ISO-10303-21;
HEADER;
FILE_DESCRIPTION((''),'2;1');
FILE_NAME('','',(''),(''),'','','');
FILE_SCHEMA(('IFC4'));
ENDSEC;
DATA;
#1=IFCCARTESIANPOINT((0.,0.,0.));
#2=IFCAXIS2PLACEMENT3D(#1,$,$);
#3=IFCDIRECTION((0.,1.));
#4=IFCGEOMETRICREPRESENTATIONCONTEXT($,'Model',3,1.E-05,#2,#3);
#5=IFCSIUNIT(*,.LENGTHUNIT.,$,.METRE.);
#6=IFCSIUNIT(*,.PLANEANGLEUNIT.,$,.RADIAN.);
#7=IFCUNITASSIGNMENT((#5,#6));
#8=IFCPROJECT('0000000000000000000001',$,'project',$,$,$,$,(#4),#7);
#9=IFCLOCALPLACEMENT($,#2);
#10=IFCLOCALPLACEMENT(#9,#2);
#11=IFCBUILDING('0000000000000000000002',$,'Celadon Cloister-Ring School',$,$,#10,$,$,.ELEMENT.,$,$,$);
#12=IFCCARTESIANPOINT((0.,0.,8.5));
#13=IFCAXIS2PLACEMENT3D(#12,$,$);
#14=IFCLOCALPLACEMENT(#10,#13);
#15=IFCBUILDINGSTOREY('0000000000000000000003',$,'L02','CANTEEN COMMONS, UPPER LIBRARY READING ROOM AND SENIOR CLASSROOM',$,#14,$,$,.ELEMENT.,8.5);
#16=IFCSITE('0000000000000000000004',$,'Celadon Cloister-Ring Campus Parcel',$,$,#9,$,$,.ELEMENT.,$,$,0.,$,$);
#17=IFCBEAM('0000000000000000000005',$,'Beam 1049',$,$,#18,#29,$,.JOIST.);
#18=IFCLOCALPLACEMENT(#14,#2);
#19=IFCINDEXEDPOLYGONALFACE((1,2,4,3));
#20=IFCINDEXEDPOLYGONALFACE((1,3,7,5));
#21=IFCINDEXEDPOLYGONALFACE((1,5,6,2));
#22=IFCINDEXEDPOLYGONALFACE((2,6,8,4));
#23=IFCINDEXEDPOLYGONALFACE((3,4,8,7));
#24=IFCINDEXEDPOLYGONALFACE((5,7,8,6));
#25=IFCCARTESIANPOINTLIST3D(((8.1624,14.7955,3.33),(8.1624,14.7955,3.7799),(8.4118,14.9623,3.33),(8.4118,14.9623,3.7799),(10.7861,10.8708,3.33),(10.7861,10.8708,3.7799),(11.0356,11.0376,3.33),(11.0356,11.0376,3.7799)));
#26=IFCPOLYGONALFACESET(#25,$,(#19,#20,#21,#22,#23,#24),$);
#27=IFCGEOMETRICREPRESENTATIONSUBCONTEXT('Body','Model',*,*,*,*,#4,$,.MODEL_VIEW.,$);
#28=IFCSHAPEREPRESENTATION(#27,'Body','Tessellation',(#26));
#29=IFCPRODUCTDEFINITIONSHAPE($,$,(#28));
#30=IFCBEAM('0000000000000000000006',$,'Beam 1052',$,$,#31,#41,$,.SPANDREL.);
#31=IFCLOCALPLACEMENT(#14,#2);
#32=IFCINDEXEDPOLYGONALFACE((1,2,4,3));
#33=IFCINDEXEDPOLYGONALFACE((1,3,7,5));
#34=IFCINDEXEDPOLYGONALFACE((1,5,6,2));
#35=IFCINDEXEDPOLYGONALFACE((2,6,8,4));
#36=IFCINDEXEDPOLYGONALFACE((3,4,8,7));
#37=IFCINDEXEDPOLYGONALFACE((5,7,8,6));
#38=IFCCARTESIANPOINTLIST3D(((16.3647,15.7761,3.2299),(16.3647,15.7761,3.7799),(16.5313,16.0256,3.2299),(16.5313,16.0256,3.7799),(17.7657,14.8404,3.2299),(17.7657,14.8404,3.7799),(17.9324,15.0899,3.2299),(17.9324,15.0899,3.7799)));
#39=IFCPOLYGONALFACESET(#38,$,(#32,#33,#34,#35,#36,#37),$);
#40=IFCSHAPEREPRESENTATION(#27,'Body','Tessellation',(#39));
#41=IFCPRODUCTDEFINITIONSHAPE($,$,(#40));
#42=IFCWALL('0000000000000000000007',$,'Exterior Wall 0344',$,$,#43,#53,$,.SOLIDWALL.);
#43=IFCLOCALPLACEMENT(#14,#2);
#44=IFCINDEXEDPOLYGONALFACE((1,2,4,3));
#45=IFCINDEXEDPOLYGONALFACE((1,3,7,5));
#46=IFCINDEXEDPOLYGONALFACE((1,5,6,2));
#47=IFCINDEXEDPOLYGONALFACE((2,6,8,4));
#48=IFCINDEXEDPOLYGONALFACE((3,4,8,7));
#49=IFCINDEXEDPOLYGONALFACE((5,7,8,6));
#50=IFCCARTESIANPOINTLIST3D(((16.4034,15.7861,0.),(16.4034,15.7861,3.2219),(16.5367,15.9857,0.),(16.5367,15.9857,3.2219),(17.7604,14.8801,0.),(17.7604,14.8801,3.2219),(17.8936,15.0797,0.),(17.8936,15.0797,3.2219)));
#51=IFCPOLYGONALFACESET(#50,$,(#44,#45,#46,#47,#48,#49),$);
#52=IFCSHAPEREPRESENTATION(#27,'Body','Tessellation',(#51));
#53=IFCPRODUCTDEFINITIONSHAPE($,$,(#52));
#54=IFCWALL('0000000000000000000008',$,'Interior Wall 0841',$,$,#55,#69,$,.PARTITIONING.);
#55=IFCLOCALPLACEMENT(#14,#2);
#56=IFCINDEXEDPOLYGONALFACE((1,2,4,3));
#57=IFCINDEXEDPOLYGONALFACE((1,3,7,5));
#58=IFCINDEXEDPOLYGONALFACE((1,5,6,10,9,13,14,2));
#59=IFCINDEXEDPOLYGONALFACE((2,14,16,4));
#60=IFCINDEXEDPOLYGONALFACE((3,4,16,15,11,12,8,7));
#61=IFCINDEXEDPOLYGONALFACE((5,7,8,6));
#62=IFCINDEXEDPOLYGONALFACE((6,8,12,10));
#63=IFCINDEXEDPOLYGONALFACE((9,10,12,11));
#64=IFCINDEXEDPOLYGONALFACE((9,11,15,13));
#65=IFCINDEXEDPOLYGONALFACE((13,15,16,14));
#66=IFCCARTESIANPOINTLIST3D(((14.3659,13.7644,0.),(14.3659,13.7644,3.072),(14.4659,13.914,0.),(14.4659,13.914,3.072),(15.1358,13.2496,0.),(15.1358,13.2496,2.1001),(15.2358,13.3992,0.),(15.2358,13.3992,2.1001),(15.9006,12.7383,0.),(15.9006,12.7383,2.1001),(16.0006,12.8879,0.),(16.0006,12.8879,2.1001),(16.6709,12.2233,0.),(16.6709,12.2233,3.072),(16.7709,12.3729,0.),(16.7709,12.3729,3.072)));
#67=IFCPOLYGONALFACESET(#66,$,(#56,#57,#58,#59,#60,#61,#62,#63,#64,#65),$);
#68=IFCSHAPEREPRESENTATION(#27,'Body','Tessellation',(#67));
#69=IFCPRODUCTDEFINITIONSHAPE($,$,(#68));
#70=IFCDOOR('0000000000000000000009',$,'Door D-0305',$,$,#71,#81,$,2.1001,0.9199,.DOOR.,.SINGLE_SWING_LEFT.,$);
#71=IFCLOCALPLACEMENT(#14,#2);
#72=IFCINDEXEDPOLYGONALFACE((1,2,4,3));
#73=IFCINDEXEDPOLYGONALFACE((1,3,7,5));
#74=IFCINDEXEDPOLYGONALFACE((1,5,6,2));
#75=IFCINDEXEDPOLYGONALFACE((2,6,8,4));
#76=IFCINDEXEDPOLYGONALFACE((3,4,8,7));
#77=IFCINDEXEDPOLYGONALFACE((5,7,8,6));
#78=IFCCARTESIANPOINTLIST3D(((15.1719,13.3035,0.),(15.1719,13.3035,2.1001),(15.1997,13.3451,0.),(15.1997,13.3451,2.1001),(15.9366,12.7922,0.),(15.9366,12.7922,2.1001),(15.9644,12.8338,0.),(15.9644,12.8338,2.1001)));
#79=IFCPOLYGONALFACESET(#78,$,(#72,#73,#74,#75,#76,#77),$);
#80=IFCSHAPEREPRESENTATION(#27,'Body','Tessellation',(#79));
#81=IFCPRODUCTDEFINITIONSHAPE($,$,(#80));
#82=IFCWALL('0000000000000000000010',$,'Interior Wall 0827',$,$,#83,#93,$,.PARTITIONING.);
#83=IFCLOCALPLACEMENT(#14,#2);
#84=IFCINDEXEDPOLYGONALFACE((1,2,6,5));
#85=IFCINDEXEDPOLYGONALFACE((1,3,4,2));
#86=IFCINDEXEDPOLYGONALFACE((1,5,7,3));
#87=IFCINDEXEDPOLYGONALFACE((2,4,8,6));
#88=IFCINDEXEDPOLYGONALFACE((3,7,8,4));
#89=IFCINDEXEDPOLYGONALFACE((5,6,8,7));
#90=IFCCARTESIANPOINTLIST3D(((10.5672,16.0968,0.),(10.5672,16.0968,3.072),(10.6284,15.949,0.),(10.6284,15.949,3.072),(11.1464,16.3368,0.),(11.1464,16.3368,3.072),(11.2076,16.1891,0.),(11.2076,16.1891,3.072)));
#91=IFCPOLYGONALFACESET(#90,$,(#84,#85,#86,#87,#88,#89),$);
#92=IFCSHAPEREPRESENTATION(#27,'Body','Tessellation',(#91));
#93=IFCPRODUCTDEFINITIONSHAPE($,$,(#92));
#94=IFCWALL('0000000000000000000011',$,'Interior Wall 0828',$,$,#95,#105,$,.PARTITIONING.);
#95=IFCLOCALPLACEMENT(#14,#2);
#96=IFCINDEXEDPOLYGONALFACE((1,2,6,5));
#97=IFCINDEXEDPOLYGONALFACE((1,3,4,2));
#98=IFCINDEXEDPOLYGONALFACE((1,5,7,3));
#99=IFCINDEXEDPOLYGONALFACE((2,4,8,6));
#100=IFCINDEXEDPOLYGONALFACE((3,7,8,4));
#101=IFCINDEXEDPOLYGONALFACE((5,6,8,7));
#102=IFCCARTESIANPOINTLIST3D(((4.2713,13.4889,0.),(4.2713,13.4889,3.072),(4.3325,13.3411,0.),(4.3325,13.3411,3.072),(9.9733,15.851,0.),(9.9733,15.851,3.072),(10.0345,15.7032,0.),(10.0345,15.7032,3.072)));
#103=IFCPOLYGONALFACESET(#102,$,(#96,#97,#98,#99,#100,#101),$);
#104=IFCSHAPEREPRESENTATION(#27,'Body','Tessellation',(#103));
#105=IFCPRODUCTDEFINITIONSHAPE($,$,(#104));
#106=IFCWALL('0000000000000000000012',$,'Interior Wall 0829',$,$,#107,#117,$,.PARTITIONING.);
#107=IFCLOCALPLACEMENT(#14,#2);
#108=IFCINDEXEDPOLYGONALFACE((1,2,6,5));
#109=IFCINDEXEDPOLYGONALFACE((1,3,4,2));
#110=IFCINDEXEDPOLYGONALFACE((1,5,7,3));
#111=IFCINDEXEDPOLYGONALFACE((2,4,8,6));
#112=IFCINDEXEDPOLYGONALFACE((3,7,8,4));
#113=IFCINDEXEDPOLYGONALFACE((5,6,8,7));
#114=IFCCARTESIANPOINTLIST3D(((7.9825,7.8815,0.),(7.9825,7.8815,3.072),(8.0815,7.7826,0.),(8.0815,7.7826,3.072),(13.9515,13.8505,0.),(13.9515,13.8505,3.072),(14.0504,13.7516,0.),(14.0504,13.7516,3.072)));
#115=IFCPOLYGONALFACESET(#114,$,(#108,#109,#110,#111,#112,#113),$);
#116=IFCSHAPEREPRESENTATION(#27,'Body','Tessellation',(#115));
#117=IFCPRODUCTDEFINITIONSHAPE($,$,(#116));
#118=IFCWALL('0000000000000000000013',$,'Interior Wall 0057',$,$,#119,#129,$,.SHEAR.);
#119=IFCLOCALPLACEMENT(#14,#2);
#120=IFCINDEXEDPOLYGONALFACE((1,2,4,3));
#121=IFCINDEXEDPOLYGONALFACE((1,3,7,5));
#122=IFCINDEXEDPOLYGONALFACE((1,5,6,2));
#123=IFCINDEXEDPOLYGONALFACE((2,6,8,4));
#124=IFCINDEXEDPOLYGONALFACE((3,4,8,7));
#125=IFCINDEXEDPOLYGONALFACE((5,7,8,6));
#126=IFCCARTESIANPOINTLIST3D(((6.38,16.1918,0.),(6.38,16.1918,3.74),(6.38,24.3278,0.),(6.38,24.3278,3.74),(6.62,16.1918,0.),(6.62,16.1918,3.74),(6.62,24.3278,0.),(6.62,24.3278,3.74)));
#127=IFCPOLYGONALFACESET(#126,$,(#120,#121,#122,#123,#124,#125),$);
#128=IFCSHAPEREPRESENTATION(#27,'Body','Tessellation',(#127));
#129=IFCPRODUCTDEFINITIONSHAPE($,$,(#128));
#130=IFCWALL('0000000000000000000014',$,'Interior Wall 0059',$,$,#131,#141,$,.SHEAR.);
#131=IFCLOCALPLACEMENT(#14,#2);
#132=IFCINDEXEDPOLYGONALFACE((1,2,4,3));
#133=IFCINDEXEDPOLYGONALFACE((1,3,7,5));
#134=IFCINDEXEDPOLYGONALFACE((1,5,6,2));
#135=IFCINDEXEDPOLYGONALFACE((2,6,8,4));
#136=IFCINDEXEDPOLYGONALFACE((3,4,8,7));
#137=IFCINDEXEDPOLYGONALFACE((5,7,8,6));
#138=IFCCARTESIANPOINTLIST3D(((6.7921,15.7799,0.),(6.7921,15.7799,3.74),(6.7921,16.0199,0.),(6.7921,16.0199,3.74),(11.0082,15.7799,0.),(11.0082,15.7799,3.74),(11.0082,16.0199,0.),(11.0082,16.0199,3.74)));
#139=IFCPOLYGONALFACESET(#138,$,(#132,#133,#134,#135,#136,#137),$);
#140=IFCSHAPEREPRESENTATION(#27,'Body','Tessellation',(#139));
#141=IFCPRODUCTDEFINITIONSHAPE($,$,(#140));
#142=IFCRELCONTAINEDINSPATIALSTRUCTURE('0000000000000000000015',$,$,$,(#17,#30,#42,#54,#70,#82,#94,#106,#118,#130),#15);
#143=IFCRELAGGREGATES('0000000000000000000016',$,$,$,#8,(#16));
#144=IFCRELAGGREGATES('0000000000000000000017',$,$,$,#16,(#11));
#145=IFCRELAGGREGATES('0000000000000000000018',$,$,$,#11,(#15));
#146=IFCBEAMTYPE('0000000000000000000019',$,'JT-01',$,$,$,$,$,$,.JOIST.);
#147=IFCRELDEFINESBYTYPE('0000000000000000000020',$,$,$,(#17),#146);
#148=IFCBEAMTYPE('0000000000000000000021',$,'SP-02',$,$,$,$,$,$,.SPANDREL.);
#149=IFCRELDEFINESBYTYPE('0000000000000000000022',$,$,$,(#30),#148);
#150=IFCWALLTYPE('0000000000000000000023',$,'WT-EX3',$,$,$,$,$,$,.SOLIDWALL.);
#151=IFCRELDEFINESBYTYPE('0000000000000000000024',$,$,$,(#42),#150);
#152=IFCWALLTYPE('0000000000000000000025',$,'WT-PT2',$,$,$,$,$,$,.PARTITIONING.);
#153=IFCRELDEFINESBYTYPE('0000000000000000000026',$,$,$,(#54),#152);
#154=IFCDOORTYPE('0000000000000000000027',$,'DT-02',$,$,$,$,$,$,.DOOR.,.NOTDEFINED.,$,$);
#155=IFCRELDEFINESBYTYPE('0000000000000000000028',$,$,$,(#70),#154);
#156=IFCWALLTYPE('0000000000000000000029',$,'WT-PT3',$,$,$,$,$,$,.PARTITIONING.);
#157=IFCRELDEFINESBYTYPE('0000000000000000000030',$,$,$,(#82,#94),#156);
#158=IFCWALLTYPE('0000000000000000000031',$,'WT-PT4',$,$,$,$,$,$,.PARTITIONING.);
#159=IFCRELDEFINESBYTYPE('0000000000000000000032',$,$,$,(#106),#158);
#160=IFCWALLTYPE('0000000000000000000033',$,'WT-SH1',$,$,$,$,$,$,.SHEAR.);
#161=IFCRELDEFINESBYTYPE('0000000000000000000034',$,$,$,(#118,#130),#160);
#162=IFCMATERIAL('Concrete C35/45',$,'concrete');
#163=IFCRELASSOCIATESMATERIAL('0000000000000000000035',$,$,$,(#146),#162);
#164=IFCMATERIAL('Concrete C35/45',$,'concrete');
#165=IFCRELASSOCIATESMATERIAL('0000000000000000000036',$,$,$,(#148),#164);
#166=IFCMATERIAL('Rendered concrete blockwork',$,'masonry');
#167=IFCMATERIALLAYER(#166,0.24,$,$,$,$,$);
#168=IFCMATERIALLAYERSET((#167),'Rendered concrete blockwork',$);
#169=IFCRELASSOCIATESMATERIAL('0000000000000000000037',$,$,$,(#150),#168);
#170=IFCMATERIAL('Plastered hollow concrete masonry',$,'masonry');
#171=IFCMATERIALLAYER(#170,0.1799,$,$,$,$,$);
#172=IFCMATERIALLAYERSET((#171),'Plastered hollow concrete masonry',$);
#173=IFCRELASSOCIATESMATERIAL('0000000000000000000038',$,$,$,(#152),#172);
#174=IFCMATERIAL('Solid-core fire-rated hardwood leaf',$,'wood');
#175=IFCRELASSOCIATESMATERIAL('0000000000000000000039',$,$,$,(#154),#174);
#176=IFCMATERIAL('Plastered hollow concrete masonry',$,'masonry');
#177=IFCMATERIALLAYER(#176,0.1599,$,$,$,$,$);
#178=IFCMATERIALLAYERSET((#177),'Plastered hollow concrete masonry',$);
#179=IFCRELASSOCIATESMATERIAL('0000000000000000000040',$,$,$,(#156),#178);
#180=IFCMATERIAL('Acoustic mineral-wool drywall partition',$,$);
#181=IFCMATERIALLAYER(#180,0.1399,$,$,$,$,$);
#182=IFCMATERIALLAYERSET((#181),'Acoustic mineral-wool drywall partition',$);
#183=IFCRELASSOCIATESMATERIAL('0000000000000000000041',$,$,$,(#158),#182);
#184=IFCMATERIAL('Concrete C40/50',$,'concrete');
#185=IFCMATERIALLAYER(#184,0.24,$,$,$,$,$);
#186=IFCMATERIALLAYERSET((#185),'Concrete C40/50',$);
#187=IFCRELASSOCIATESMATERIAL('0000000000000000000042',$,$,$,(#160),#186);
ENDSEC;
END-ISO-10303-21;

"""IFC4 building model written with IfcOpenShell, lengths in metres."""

from ifc_helpers import new_model, si_unit, direction, frame, frame_2d, origin, origin_2d, place, context, subcontext, project, spatial, rectangle, extrude, material, layer, layer_set, material_profile, profile_set, type_object, element, fill, save


model = new_model("IFC4")

# Units and contexts
model_context = context("Model", 3, precision=1e-05, world=origin(), true_north=direction((0.0, 1.0)))
body_context = subcontext(model_context, "Body", "Model", "MODEL_VIEW")
ifc_project = project(units=[si_unit("LENGTHUNIT", "METRE"), si_unit("PLANEANGLEUNIT", "RADIAN")], contexts=[model_context])

# Site, building, storey
site_placement = place(None, origin())
site = spatial("IfcSite", under=ifc_project, at=site_placement, Name="Celadon Cloister-Ring Campus Parcel", CompositionType="ELEMENT", RefElevation=0.0)
building_placement = place(site_placement, origin())
building = spatial("IfcBuilding", under=site, at=building_placement, Name="Celadon Cloister-Ring School", CompositionType="ELEMENT")
storey_placement = place(building_placement, frame((0.0, 0.0, 8.5)))
storey = spatial("IfcBuildingStorey", under=building, at=storey_placement, Name="L02", Description="CANTEEN COMMONS, UPPER LIBRARY READING ROOM AND SENIOR CLASSROOM", CompositionType="ELEMENT", Elevation=8.5)

# Beams
ifc_material_1 = material(Name="Concrete C35/45", Category="concrete")
ifc_material_profile_1 = material_profile(ifc_material_1, rectangle(XDim=0.3, YDim=0.45, at=origin_2d()), Name="RC300X450")
ifc_profile_set_1 = profile_set([ifc_material_profile_1], Name="Concrete C35/45")
beam_type_1 = type_object("IfcBeamType", Name="JT-01", PredefinedType="JOIST", material=ifc_profile_set_1)
beam_1_placement = place(storey_placement, frame((8.2871, 14.8789, 3.5549), z_axis=(0.555762, -0.831342, 0.0), x_axis=(0.831342, 0.555762, 0.0)))
element("IfcBeam", 1, at=beam_1_placement, inside=storey, type_object=beam_type_1, Name="Beam 1049", PredefinedType="JOIST", context=body_context, shape_type="SweptSolid", body=[
    extrude(rectangle(XDim=0.3, YDim=0.45, at=origin_2d()), origin(), (0.0, 0.0, 1.0), 4.7209),
])
ifc_material_2 = material(Name="Concrete C35/45", Category="concrete")
ifc_material_profile_2 = material_profile(ifc_material_2, rectangle(XDim=0.3, YDim=0.55, at=origin_2d()), Name="RC300X550")
ifc_profile_set_2 = profile_set([ifc_material_profile_2], Name="Concrete C35/45")
beam_type_2 = type_object("IfcBeamType", Name="SP-02", PredefinedType="SPANDREL", material=ifc_profile_set_2)
beam_2_placement = place(storey_placement, frame((16.448, 15.9009, 3.5049), z_axis=(0.831582, -0.555402, 0.0), x_axis=(0.555402, 0.831582, 0.0)))
element("IfcBeam", 2, at=beam_2_placement, inside=storey, type_object=beam_type_2, Name="Beam 1052", PredefinedType="SPANDREL", context=body_context, shape_type="SweptSolid", body=[
    extrude(rectangle(XDim=0.3, YDim=0.55, at=origin_2d()), origin(), (0.0, 0.0, 1.0), 1.6848),
])

# Wall
ifc_material_3 = material(Name="Rendered concrete blockwork", Category="masonry")
ifc_layer_1 = layer(ifc_material_3, 0.24)
ifc_layer_set_1 = layer_set([ifc_layer_1], Name="Rendered concrete blockwork")
wall_type_1 = type_object("IfcWallType", Name="WT-EX3", PredefinedType="SOLIDWALL", material=ifc_layer_set_1)
wall_1_placement = place(storey_placement, frame((16.47, 15.886, 0.0), z_axis=(0.0, 0.0, 1.0), x_axis=(0.831659, -0.555287, 0.0)))
element("IfcWall", 3, at=wall_1_placement, inside=storey, type_object=wall_type_1, Name="Exterior Wall 0344", PredefinedType="SOLIDWALL", context=body_context, shape_type="SweptSolid", body=[
    extrude(rectangle(XDim=1.6316, YDim=0.24, at=frame_2d((0.8159, 0.0))), origin(), (0.0, 0.0, 1.0), 3.2219),
])

# Wall, opening, door
ifc_material_4 = material(Name="Plastered hollow concrete masonry", Category="masonry")
ifc_layer_2 = layer(ifc_material_4, 0.1799)
ifc_layer_set_2 = layer_set([ifc_layer_2], Name="Plastered hollow concrete masonry")
wall_type_2 = type_object("IfcWallType", Name="WT-PT2", PredefinedType="PARTITIONING", material=ifc_layer_set_2)
wall_2_placement = place(storey_placement, frame((14.416, 13.8391, 0.0), z_axis=(0.0, 0.0, 1.0), x_axis=(0.831318, -0.555797, 0.0)))
wall_2 = element("IfcWall", 4, at=wall_2_placement, inside=storey, type_object=wall_type_2, Name="Interior Wall 0841", PredefinedType="PARTITIONING", context=body_context, shape_type="SweptSolid", body=[
    extrude(rectangle(XDim=2.7727, YDim=0.1799, at=frame_2d((1.3862, 0.0))), origin(), (0.0, 0.0, 1.0), 3.072),
])
opening_placement = place(wall_2_placement, frame((0.926, 0.0, 0.0)))
opening = element("IfcOpeningElement", 5, at=opening_placement, cuts=wall_2, PredefinedType="OPENING", context=body_context, shape_type="SweptSolid", body=[
    extrude(rectangle(XDim=0.9199, YDim=2.1001, at=frame_2d((0.46, 1.05))), frame((0.0, 0.1001, 0.0), z_axis=(0.0, -1.0, 0.0), x_axis=(1.0, 0.0, 0.0)), (0.0, 0.0, 1.0), 0.2),
])
ifc_material_5 = material(Name="Solid-core fire-rated hardwood leaf", Category="wood")
door_type = type_object("IfcDoorType", Name="DT-02", OperationType="NOTDEFINED", PredefinedType="DOOR", material=ifc_material_5)
door_placement = place(opening_placement, origin())
door = element("IfcDoor", 6, at=door_placement, inside=storey, type_object=door_type, Name="Door D-0305", OperationType="SINGLE_SWING_LEFT", OverallHeight=2.1001, OverallWidth=0.9199, PredefinedType="DOOR", context=body_context, shape_type="SweptSolid", body=[
    extrude(rectangle(XDim=0.9199, YDim=2.1001, at=frame_2d((0.46, 1.05))), frame((0.0, 0.0249, 0.0), z_axis=(0.0, -1.0, 0.0), x_axis=(1.0, 0.0, 0.0)), (0.0, 0.0, 1.0), 0.05),
])
fill(opening, door)

# Walls
ifc_material_6 = material(Name="Plastered hollow concrete masonry", Category="masonry")
ifc_layer_3 = layer(ifc_material_6, 0.1599)
ifc_layer_set_3 = layer_set([ifc_layer_3], Name="Plastered hollow concrete masonry")
wall_type_3 = type_object("IfcWallType", Name="WT-PT3", PredefinedType="PARTITIONING", material=ifc_layer_set_3)
wall_3_placement = place(storey_placement, frame((11.177, 16.2629, 0.0), z_axis=(0.0, 0.0, 1.0), x_axis=(-0.923813, -0.382845, 0.0)))
element("IfcWall", 7, at=wall_3_placement, inside=storey, type_object=wall_type_3, Name="Interior Wall 0827", PredefinedType="PARTITIONING", context=body_context, shape_type="SweptSolid", body=[
    extrude(rectangle(XDim=0.627, YDim=0.1599, at=frame_2d((0.3135, 0.0))), origin(), (0.0, 0.0, 1.0), 3.072),
])
wall_4_placement = place(storey_placement, frame((10.0039, 15.7771, 0.0), z_axis=(0.0, 0.0, 1.0), x_axis=(-0.923865, -0.382719, 0.0)))
element("IfcWall", 8, at=wall_4_placement, inside=storey, type_object=wall_type_3, Name="Interior Wall 0828", PredefinedType="PARTITIONING", context=body_context, shape_type="SweptSolid", body=[
    extrude(rectangle(XDim=6.1719, YDim=0.1599, at=frame_2d((3.0859, 0.0))), origin(), (0.0, 0.0, 1.0), 3.072),
])
ifc_material_7 = material(Name="Acoustic mineral-wool drywall partition")
ifc_layer_4 = layer(ifc_material_7, 0.1399)
ifc_layer_set_4 = layer_set([ifc_layer_4], Name="Acoustic mineral-wool drywall partition")
wall_type_4 = type_object("IfcWallType", Name="WT-PT4", PredefinedType="PARTITIONING", material=ifc_layer_set_4)
wall_5_placement = place(storey_placement, frame((14.001, 13.801, 0.0), z_axis=(0.0, 0.0, 1.0), x_axis=(-0.707107, -0.707107, 0.0)))
element("IfcWall", 9, at=wall_5_placement, inside=storey, type_object=wall_type_4, Name="Interior Wall 0829", PredefinedType="PARTITIONING", context=body_context, shape_type="SweptSolid", body=[
    extrude(rectangle(XDim=8.4414, YDim=0.1399, at=frame_2d((4.2207, 0.0))), origin(), (0.0, 0.0, 1.0), 3.072),
])
ifc_material_8 = material(Name="Concrete C40/50", Category="concrete")
ifc_layer_5 = layer(ifc_material_8, 0.24)
ifc_layer_set_5 = layer_set([ifc_layer_5], Name="Concrete C40/50")
wall_type_5 = type_object("IfcWallType", Name="WT-SH1", PredefinedType="SHEAR", material=ifc_layer_set_5)
wall_6_placement = place(storey_placement, frame((6.5, 16.1919, 0.0), z_axis=(0.0, 0.0, 1.0), x_axis=(0.0, 1.0, 0.0)))
element("IfcWall", 10, at=wall_6_placement, inside=storey, type_object=wall_type_5, Name="Interior Wall 0057", PredefinedType="SHEAR", context=body_context, shape_type="SweptSolid", body=[
    extrude(rectangle(XDim=8.136, YDim=0.24, at=frame_2d((4.0679, 0.0))), origin(), (0.0, 0.0, 1.0), 3.74),
])
wall_7_placement = place(storey_placement, frame((11.0081, 15.8999, 0.0), z_axis=(0.0, 0.0, 1.0), x_axis=(-1.0, 0.0, 0.0)))
element("IfcWall", 11, at=wall_7_placement, inside=storey, type_object=wall_type_5, Name="Interior Wall 0059", PredefinedType="SHEAR", context=body_context, shape_type="SweptSolid", body=[
    extrude(rectangle(XDim=4.2161, YDim=0.24, at=frame_2d((2.1079, 0.0))), origin(), (0.0, 0.0, 1.0), 3.74),
])

save(model, "model.ifc")
